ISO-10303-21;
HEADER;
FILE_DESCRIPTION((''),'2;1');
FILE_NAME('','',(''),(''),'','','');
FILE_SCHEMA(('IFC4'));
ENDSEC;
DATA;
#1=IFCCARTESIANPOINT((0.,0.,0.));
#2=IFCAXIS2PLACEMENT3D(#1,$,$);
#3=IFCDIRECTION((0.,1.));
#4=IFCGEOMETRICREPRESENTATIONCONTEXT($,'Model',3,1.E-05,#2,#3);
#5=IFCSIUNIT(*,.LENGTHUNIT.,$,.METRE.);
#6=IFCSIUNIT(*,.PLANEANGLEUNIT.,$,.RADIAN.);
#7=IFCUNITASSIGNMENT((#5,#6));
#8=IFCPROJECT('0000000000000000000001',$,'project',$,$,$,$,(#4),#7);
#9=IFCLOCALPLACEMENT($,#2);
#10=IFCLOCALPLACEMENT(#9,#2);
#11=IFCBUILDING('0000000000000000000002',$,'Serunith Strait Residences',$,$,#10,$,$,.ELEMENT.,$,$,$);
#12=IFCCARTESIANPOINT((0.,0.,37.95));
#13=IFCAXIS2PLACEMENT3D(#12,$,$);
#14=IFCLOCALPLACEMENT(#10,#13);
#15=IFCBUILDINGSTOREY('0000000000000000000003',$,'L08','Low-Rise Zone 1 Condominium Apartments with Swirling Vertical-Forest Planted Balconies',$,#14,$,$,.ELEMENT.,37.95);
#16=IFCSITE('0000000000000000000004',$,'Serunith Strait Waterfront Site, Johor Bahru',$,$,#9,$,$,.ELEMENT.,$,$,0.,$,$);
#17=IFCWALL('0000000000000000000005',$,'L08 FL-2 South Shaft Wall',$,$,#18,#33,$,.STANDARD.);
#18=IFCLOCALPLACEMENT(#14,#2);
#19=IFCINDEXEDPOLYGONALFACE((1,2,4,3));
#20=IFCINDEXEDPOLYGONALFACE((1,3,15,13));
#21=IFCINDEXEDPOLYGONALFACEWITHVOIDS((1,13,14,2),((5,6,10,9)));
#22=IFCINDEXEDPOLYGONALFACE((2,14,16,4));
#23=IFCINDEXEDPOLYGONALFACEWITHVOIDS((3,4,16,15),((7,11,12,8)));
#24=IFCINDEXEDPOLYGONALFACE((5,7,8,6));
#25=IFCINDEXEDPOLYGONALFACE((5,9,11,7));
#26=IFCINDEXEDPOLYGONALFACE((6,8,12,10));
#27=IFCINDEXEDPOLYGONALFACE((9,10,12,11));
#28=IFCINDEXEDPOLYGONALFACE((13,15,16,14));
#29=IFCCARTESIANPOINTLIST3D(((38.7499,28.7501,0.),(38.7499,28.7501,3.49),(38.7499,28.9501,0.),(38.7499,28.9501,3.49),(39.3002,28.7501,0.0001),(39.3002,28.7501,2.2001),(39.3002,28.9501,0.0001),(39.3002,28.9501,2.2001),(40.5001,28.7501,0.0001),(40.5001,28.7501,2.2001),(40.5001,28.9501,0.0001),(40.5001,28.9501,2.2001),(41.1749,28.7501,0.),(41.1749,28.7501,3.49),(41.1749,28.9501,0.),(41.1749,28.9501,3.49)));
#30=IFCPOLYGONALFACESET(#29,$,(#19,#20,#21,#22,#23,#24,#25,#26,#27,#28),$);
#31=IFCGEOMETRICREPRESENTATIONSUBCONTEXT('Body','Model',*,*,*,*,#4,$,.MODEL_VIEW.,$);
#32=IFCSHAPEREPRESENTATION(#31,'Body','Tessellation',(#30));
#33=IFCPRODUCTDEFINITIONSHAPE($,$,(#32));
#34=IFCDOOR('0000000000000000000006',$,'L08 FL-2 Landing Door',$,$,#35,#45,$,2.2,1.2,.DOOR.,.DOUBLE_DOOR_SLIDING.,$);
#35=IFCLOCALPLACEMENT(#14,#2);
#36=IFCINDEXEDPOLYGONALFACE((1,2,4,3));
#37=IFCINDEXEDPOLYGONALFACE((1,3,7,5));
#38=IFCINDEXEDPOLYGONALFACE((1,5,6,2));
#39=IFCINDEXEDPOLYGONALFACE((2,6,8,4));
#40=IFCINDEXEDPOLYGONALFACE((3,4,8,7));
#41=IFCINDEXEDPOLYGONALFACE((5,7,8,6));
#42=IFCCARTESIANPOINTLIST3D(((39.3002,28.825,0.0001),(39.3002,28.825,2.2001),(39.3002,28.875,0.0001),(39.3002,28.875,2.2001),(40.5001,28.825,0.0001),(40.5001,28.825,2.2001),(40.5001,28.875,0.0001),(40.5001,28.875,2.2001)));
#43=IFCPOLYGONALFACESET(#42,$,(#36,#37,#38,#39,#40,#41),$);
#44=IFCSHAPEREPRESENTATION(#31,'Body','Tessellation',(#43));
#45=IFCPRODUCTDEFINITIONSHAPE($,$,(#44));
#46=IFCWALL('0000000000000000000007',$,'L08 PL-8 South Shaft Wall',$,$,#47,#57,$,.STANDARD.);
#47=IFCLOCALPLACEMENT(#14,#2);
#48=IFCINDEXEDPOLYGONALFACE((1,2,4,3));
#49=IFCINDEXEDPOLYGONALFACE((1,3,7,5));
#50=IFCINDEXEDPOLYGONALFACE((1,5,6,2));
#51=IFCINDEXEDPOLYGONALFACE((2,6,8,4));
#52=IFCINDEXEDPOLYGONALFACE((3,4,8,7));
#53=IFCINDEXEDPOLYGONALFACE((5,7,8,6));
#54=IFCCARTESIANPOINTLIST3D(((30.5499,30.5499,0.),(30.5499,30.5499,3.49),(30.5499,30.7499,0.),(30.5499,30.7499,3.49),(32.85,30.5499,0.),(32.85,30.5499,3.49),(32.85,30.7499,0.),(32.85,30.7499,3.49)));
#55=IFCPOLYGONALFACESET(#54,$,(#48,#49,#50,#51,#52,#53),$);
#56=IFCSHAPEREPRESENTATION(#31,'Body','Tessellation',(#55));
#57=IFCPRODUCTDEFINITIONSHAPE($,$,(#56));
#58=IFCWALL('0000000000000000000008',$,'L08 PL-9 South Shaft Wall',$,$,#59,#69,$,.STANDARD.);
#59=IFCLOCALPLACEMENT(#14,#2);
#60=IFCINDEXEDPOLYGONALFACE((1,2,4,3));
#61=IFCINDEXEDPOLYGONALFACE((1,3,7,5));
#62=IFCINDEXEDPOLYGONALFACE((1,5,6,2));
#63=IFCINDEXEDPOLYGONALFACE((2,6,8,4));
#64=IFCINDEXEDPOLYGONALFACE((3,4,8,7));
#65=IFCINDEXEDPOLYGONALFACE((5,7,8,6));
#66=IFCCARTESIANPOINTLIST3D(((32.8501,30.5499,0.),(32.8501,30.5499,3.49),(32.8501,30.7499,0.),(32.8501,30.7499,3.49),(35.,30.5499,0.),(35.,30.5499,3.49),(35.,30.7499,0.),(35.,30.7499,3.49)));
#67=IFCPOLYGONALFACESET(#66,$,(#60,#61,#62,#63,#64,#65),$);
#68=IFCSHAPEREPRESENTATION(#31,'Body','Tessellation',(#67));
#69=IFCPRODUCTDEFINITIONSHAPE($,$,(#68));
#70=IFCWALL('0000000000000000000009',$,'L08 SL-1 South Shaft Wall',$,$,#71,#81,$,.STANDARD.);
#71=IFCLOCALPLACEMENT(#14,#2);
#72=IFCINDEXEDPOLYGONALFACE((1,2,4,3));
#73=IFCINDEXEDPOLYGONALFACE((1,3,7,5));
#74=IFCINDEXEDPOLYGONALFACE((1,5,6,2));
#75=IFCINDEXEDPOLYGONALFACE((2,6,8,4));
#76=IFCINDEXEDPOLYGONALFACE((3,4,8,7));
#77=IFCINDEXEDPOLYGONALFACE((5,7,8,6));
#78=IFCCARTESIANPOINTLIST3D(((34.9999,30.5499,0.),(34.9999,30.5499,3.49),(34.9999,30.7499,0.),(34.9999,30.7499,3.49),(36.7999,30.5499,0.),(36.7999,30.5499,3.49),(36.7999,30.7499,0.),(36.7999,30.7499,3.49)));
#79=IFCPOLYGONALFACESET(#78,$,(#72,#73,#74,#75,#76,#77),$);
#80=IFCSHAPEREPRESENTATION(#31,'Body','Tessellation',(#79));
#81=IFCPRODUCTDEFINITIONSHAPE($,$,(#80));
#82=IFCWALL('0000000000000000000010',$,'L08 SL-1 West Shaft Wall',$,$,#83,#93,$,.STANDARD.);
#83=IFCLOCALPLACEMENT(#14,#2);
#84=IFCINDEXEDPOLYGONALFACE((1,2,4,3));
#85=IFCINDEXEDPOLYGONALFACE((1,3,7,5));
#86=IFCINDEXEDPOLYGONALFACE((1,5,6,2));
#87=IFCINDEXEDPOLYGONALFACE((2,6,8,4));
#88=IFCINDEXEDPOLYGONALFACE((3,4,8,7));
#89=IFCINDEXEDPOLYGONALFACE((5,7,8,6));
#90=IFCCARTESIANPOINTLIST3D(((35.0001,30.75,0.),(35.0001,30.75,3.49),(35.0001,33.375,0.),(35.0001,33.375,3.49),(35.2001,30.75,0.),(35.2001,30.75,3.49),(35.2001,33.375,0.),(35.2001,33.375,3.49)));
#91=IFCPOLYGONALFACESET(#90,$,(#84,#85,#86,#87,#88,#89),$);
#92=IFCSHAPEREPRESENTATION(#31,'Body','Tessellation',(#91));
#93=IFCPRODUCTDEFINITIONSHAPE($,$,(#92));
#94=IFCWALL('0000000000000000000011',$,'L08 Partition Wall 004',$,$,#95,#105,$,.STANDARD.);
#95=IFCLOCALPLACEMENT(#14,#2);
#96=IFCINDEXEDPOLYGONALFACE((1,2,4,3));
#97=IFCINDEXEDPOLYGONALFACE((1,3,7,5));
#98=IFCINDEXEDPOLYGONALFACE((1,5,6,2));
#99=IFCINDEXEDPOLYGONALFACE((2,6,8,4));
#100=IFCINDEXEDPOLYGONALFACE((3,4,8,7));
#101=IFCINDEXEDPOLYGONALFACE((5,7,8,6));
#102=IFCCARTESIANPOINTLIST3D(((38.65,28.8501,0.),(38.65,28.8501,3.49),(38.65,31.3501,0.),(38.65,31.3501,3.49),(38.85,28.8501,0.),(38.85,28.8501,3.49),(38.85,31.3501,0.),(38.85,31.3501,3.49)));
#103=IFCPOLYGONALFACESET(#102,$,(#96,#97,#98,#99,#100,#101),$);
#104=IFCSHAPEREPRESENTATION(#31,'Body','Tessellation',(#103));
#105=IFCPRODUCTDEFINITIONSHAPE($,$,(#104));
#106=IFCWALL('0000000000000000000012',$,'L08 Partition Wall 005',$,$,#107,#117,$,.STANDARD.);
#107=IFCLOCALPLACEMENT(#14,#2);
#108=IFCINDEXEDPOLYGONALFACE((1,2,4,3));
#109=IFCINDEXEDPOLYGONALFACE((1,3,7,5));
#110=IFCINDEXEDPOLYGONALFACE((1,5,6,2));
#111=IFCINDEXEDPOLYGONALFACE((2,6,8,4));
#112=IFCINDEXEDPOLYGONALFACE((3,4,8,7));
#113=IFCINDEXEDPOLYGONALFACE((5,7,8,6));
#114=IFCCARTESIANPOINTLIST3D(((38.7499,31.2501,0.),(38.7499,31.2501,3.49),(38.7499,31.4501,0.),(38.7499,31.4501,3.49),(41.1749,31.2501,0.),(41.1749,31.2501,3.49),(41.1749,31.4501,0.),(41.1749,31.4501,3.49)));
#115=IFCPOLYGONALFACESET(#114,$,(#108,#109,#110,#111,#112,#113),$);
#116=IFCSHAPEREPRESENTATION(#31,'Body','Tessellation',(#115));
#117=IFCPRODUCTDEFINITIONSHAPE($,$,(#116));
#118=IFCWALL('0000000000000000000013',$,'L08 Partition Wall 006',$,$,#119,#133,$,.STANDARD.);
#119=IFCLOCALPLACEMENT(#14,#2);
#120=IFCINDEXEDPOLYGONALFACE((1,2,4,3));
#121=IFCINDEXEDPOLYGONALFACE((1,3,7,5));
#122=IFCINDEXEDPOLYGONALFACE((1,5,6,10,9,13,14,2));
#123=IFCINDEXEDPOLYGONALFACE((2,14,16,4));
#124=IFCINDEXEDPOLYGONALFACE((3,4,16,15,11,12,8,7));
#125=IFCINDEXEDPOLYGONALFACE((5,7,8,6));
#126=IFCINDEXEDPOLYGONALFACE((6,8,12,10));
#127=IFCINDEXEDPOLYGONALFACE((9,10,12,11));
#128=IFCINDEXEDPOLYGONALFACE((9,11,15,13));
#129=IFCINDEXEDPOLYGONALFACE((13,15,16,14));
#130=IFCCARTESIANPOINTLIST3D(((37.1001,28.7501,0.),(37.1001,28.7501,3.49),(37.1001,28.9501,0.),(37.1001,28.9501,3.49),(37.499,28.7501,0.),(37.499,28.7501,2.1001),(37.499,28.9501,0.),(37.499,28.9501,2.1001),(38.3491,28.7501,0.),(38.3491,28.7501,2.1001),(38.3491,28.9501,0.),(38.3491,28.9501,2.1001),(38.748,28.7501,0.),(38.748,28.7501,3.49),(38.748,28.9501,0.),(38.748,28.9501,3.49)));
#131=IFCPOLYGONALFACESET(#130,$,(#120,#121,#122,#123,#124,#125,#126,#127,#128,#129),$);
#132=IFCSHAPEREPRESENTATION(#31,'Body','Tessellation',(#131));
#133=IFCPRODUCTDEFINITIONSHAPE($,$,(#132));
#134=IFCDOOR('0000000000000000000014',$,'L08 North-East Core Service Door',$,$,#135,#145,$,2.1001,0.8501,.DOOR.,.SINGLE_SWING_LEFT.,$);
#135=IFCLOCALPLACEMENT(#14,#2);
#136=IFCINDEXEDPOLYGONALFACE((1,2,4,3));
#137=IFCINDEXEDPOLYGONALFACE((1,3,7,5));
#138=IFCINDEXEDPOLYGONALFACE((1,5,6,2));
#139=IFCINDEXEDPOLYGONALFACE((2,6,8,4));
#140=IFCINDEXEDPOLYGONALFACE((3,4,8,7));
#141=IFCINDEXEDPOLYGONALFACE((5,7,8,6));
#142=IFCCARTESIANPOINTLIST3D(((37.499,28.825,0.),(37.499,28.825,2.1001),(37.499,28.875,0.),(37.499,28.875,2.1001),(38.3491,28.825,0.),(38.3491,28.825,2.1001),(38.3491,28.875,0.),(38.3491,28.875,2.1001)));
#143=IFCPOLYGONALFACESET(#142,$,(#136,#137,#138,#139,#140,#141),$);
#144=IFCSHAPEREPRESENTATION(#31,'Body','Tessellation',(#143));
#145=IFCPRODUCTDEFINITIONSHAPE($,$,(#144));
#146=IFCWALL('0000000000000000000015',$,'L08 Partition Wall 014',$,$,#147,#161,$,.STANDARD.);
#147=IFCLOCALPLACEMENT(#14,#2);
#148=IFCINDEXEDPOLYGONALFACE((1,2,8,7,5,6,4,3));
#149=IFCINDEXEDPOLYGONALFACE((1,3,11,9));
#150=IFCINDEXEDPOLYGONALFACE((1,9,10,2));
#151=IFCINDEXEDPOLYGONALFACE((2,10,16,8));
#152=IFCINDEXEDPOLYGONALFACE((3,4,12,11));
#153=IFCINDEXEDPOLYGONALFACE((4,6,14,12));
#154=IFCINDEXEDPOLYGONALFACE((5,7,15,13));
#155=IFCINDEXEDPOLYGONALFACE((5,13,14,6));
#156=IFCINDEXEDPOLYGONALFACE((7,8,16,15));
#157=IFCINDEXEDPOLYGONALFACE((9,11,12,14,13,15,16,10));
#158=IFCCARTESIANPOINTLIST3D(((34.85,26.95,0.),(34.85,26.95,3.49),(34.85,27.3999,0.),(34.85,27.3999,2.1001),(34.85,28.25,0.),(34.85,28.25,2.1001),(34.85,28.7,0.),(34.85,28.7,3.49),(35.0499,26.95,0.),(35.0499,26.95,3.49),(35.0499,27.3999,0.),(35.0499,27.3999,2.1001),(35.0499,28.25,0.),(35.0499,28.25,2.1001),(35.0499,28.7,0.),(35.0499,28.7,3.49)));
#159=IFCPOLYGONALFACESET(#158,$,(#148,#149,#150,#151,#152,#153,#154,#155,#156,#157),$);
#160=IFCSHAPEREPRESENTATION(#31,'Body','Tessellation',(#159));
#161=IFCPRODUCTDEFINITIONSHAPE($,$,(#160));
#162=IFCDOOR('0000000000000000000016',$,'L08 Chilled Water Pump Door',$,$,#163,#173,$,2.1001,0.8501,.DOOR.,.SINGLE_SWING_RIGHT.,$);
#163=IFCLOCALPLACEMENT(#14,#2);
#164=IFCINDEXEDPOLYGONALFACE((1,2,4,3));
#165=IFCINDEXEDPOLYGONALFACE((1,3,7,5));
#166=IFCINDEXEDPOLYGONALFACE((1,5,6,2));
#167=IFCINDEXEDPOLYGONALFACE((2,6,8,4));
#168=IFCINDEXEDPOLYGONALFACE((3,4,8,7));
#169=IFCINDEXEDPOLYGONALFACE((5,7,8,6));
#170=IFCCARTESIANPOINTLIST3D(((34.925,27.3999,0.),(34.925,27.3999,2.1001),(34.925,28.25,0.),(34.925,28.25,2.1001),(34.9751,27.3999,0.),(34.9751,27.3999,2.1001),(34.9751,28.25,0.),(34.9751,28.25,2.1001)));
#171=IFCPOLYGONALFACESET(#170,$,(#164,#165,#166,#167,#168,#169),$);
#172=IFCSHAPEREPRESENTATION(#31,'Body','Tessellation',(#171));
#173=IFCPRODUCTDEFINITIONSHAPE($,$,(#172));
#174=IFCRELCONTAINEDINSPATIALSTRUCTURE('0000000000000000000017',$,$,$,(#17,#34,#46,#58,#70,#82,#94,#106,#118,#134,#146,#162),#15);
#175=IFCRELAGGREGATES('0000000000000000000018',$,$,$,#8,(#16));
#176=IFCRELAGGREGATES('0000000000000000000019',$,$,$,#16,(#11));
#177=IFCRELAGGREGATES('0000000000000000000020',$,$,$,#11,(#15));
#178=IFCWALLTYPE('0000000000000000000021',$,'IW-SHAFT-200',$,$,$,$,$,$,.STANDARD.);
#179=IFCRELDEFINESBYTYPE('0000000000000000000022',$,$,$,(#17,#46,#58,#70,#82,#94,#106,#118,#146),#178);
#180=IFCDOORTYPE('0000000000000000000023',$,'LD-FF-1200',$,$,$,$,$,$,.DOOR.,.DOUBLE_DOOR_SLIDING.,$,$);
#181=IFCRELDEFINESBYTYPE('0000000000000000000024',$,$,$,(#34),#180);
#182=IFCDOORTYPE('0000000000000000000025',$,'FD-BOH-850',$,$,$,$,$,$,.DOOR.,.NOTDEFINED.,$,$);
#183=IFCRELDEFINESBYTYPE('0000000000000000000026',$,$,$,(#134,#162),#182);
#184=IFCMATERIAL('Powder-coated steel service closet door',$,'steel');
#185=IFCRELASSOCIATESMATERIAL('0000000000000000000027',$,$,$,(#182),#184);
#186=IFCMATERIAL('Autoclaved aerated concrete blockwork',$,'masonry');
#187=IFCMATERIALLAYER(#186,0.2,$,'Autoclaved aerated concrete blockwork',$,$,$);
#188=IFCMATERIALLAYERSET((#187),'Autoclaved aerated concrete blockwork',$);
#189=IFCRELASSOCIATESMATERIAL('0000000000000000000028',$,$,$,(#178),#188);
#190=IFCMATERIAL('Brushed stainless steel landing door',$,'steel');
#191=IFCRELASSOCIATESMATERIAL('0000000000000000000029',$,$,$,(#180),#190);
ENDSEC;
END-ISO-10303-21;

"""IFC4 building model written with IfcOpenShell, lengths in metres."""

from ifc_helpers import new_model, si_unit, direction, frame, frame_2d, origin, place, context, subcontext, project, spatial, rectangle, extrude, source, transform, mapped, material, layer, layer_set, type_object, element, fill, save


model = new_model("IFC4")

# Units and contexts
model_context = context("Model", 3, precision=1e-05, world=origin(), true_north=direction((0.0, 1.0)))
body_context = subcontext(model_context, "Body", "Model", "MODEL_VIEW")
ifc_project = project(units=[si_unit("LENGTHUNIT", "METRE"), si_unit("PLANEANGLEUNIT", "RADIAN")], contexts=[model_context])

# Site, building, storey
site_placement = place(None, origin())
site = spatial("IfcSite", under=ifc_project, at=site_placement, Name="Serunith Strait Waterfront Site, Johor Bahru", CompositionType="ELEMENT", RefElevation=0.0)
building_placement = place(site_placement, origin())
building = spatial("IfcBuilding", under=site, at=building_placement, Name="Serunith Strait Residences", CompositionType="ELEMENT")
storey_placement = place(building_placement, frame((0.0, 0.0, 37.95)))
storey = spatial("IfcBuildingStorey", under=building, at=storey_placement, Name="L08", Description="Low-Rise Zone 1 Condominium Apartments with Swirling Vertical-Forest Planted Balconies", CompositionType="ELEMENT", Elevation=37.95)

# Shared definitions
ifc_material_1 = material(Name="Powder-coated steel service closet door", Category="steel")
door_type_1 = type_object("IfcDoorType", Name="FD-BOH-850", OperationType="NOTDEFINED", PredefinedType="DOOR", material=ifc_material_1)
shared_shape_1 = source(origin(), body_context, "Body", "SweptSolid", [
    extrude(rectangle(XDim=0.8501, YDim=2.1001, at=frame_2d((0.425, 1.05))), frame((0.0, 0.0249, 0.0), z_axis=(0.0, -1.0, 0.0), x_axis=(1.0, 0.0, 0.0)), (0.0, 0.0, 1.0), 0.05),
])

# Wall, opening, door
ifc_material_2 = material(Name="Autoclaved aerated concrete blockwork", Category="masonry")
ifc_layer_1 = layer(ifc_material_2, 0.2, Name="Autoclaved aerated concrete blockwork")
ifc_layer_set_1 = layer_set([ifc_layer_1], Name="Autoclaved aerated concrete blockwork")
wall_type_1 = type_object("IfcWallType", Name="IW-SHAFT-200", PredefinedType="STANDARD", material=ifc_layer_set_1)
wall_1_placement = place(storey_placement, frame((38.75, 28.8501, 0.0), z_axis=(0.0, 0.0, 1.0), x_axis=(1.0, 0.0, 0.0)))
wall_1 = element("IfcWall", 1, at=wall_1_placement, inside=storey, type_object=wall_type_1, Name="L08 FL-2 South Shaft Wall", PredefinedType="STANDARD", context=body_context, shape_type="SweptSolid", body=[
    extrude(rectangle(XDim=2.425, YDim=0.2, at=frame_2d((1.2124, 0.0))), origin(), (0.0, 0.0, 1.0), 3.49),
])
opening_1_placement = place(wall_1_placement, frame((0.55, 0.0, 0.0)))
opening_1 = element("IfcOpeningElement", 2, at=opening_1_placement, cuts=wall_1, PredefinedType="OPENING", context=body_context, shape_type="SweptSolid", body=[
    extrude(rectangle(XDim=1.2, YDim=2.2, at=frame_2d((0.6001, 1.1001))), frame((0.0, 0.1099, 0.0), z_axis=(0.0, -1.0, 0.0), x_axis=(1.0, 0.0, 0.0)), (0.0, 0.0, 1.0), 0.22),
])
ifc_material_3 = material(Name="Brushed stainless steel landing door", Category="steel")
door_type_2 = type_object("IfcDoorType", Name="LD-FF-1200", OperationType="DOUBLE_DOOR_SLIDING", PredefinedType="DOOR", material=ifc_material_3)
shared_shape_2 = source(origin(), body_context, "Body", "SweptSolid", [
    extrude(rectangle(XDim=1.2, YDim=2.2, at=frame_2d((0.6001, 1.1001))), frame((0.0, 0.0249, 0.0), z_axis=(0.0, -1.0, 0.0), x_axis=(1.0, 0.0, 0.0)), (0.0, 0.0, 1.0), 0.05),
])
door_1_placement = place(opening_1_placement, origin())
door_1 = element("IfcDoor", 3, at=door_1_placement, inside=storey, type_object=door_type_2, Name="L08 FL-2 Landing Door", OperationType="DOUBLE_DOOR_SLIDING", OverallHeight=2.2, OverallWidth=1.2, PredefinedType="DOOR", context=body_context, shape_type="MappedRepresentation", body=[
    mapped(shared_shape_2, transform((0.0, 0.0, 0.0), scale=1.0)),
])
fill(opening_1, door_1)

# Walls
wall_2_placement = place(storey_placement, frame((30.55, 30.6499, 0.0), z_axis=(0.0, 0.0, 1.0), x_axis=(1.0, 0.0, 0.0)))
element("IfcWall", 4, at=wall_2_placement, inside=storey, type_object=wall_type_1, Name="L08 PL-8 South Shaft Wall", PredefinedType="STANDARD", context=body_context, shape_type="SweptSolid", body=[
    extrude(rectangle(XDim=2.3, YDim=0.2, at=frame_2d((1.1499, 0.0))), origin(), (0.0, 0.0, 1.0), 3.49),
])
wall_3_placement = place(storey_placement, frame((32.8501, 30.6499, 0.0), z_axis=(0.0, 0.0, 1.0), x_axis=(1.0, 0.0, 0.0)))
element("IfcWall", 5, at=wall_3_placement, inside=storey, type_object=wall_type_1, Name="L08 PL-9 South Shaft Wall", PredefinedType="STANDARD", context=body_context, shape_type="SweptSolid", body=[
    extrude(rectangle(XDim=2.1499, YDim=0.2, at=frame_2d((1.075, 0.0))), origin(), (0.0, 0.0, 1.0), 3.49),
])
wall_4_placement = place(storey_placement, frame((35.0, 30.6499, 0.0), z_axis=(0.0, 0.0, 1.0), x_axis=(1.0, 0.0, 0.0)))
element("IfcWall", 6, at=wall_4_placement, inside=storey, type_object=wall_type_1, Name="L08 SL-1 South Shaft Wall", PredefinedType="STANDARD", context=body_context, shape_type="SweptSolid", body=[
    extrude(rectangle(XDim=1.8, YDim=0.2, at=frame_2d((0.8999, 0.0))), origin(), (0.0, 0.0, 1.0), 3.49),
])
wall_5_placement = place(storey_placement, frame((35.1001, 30.75, 0.0), z_axis=(0.0, 0.0, 1.0), x_axis=(0.0, 1.0, 0.0)))
element("IfcWall", 7, at=wall_5_placement, inside=storey, type_object=wall_type_1, Name="L08 SL-1 West Shaft Wall", PredefinedType="STANDARD", context=body_context, shape_type="SweptSolid", body=[
    extrude(rectangle(XDim=2.625, YDim=0.2, at=frame_2d((1.3125, 0.0))), origin(), (0.0, 0.0, 1.0), 3.49),
])
wall_6_placement = place(storey_placement, frame((38.75, 28.8501, 0.0), z_axis=(0.0, 0.0, 1.0), x_axis=(0.0, 1.0, 0.0)))
element("IfcWall", 8, at=wall_6_placement, inside=storey, type_object=wall_type_1, Name="L08 Partition Wall 004", PredefinedType="STANDARD", context=body_context, shape_type="SweptSolid", body=[
    extrude(rectangle(XDim=2.5, YDim=0.2, at=frame_2d((1.25, 0.0))), origin(), (0.0, 0.0, 1.0), 3.49),
])
wall_7_placement = place(storey_placement, frame((38.75, 31.3501, 0.0), z_axis=(0.0, 0.0, 1.0), x_axis=(1.0, 0.0, 0.0)))
element("IfcWall", 9, at=wall_7_placement, inside=storey, type_object=wall_type_1, Name="L08 Partition Wall 005", PredefinedType="STANDARD", context=body_context, shape_type="SweptSolid", body=[
    extrude(rectangle(XDim=2.425, YDim=0.2, at=frame_2d((1.2124, 0.0))), origin(), (0.0, 0.0, 1.0), 3.49),
])

# Walls, openings, doors
wall_8_placement = place(storey_placement, frame((37.1001, 28.8501, 0.0), z_axis=(0.0, 0.0, 1.0), x_axis=(1.0, 0.0, 0.0)))
wall_8 = element("IfcWall", 10, at=wall_8_placement, inside=storey, type_object=wall_type_1, Name="L08 Partition Wall 006", PredefinedType="STANDARD", context=body_context, shape_type="SweptSolid", body=[
    extrude(rectangle(XDim=1.6479, YDim=0.2, at=frame_2d((0.824, 0.0))), origin(), (0.0, 0.0, 1.0), 3.49),
])
opening_2_placement = place(wall_8_placement, frame((0.3989, 0.0, 0.0)))
opening_2 = element("IfcOpeningElement", 11, at=opening_2_placement, cuts=wall_8, PredefinedType="OPENING", context=body_context, shape_type="SweptSolid", body=[
    extrude(rectangle(XDim=0.8501, YDim=2.1001, at=frame_2d((0.425, 1.05))), frame((0.0, 0.1099, 0.0), z_axis=(0.0, -1.0, 0.0), x_axis=(1.0, 0.0, 0.0)), (0.0, 0.0, 1.0), 0.22),
])
door_2_placement = place(opening_2_placement, origin())
door_2 = element("IfcDoor", 12, at=door_2_placement, inside=storey, type_object=door_type_1, Name="L08 North-East Core Service Door", OperationType="SINGLE_SWING_LEFT", OverallHeight=2.1001, OverallWidth=0.8501, PredefinedType="DOOR", context=body_context, shape_type="MappedRepresentation", body=[
    mapped(shared_shape_1, transform((0.0, 0.0, 0.0), scale=1.0)),
])
fill(opening_2, door_2)
wall_9_placement = place(storey_placement, frame((34.95, 26.95, 0.0), z_axis=(0.0, 0.0, 1.0), x_axis=(0.0, 1.0, 0.0)))
wall_9 = element("IfcWall", 13, at=wall_9_placement, inside=storey, type_object=wall_type_1, Name="L08 Partition Wall 014", PredefinedType="STANDARD", context=body_context, shape_type="SweptSolid", body=[
    extrude(rectangle(XDim=1.75, YDim=0.2, at=frame_2d((0.875, 0.0))), origin(), (0.0, 0.0, 1.0), 3.49),
])
opening_3_placement = place(wall_9_placement, frame((0.45, 0.0, 0.0)))
opening_3 = element("IfcOpeningElement", 14, at=opening_3_placement, cuts=wall_9, PredefinedType="OPENING", context=body_context, shape_type="SweptSolid", body=[
    extrude(rectangle(XDim=0.8501, YDim=2.1001, at=frame_2d((0.425, 1.05))), frame((0.0, 0.1099, 0.0), z_axis=(0.0, -1.0, 0.0), x_axis=(1.0, 0.0, 0.0)), (0.0, 0.0, 1.0), 0.22),
])
door_3_placement = place(opening_3_placement, origin())
door_3 = element("IfcDoor", 15, at=door_3_placement, inside=storey, type_object=door_type_1, Name="L08 Chilled Water Pump Door", OperationType="SINGLE_SWING_RIGHT", OverallHeight=2.1001, OverallWidth=0.8501, PredefinedType="DOOR", context=body_context, shape_type="MappedRepresentation", body=[
    mapped(shared_shape_1, transform((0.0, 0.0, 0.0), scale=1.0)),
])
fill(opening_3, door_3)

save(model, "model.ifc")
